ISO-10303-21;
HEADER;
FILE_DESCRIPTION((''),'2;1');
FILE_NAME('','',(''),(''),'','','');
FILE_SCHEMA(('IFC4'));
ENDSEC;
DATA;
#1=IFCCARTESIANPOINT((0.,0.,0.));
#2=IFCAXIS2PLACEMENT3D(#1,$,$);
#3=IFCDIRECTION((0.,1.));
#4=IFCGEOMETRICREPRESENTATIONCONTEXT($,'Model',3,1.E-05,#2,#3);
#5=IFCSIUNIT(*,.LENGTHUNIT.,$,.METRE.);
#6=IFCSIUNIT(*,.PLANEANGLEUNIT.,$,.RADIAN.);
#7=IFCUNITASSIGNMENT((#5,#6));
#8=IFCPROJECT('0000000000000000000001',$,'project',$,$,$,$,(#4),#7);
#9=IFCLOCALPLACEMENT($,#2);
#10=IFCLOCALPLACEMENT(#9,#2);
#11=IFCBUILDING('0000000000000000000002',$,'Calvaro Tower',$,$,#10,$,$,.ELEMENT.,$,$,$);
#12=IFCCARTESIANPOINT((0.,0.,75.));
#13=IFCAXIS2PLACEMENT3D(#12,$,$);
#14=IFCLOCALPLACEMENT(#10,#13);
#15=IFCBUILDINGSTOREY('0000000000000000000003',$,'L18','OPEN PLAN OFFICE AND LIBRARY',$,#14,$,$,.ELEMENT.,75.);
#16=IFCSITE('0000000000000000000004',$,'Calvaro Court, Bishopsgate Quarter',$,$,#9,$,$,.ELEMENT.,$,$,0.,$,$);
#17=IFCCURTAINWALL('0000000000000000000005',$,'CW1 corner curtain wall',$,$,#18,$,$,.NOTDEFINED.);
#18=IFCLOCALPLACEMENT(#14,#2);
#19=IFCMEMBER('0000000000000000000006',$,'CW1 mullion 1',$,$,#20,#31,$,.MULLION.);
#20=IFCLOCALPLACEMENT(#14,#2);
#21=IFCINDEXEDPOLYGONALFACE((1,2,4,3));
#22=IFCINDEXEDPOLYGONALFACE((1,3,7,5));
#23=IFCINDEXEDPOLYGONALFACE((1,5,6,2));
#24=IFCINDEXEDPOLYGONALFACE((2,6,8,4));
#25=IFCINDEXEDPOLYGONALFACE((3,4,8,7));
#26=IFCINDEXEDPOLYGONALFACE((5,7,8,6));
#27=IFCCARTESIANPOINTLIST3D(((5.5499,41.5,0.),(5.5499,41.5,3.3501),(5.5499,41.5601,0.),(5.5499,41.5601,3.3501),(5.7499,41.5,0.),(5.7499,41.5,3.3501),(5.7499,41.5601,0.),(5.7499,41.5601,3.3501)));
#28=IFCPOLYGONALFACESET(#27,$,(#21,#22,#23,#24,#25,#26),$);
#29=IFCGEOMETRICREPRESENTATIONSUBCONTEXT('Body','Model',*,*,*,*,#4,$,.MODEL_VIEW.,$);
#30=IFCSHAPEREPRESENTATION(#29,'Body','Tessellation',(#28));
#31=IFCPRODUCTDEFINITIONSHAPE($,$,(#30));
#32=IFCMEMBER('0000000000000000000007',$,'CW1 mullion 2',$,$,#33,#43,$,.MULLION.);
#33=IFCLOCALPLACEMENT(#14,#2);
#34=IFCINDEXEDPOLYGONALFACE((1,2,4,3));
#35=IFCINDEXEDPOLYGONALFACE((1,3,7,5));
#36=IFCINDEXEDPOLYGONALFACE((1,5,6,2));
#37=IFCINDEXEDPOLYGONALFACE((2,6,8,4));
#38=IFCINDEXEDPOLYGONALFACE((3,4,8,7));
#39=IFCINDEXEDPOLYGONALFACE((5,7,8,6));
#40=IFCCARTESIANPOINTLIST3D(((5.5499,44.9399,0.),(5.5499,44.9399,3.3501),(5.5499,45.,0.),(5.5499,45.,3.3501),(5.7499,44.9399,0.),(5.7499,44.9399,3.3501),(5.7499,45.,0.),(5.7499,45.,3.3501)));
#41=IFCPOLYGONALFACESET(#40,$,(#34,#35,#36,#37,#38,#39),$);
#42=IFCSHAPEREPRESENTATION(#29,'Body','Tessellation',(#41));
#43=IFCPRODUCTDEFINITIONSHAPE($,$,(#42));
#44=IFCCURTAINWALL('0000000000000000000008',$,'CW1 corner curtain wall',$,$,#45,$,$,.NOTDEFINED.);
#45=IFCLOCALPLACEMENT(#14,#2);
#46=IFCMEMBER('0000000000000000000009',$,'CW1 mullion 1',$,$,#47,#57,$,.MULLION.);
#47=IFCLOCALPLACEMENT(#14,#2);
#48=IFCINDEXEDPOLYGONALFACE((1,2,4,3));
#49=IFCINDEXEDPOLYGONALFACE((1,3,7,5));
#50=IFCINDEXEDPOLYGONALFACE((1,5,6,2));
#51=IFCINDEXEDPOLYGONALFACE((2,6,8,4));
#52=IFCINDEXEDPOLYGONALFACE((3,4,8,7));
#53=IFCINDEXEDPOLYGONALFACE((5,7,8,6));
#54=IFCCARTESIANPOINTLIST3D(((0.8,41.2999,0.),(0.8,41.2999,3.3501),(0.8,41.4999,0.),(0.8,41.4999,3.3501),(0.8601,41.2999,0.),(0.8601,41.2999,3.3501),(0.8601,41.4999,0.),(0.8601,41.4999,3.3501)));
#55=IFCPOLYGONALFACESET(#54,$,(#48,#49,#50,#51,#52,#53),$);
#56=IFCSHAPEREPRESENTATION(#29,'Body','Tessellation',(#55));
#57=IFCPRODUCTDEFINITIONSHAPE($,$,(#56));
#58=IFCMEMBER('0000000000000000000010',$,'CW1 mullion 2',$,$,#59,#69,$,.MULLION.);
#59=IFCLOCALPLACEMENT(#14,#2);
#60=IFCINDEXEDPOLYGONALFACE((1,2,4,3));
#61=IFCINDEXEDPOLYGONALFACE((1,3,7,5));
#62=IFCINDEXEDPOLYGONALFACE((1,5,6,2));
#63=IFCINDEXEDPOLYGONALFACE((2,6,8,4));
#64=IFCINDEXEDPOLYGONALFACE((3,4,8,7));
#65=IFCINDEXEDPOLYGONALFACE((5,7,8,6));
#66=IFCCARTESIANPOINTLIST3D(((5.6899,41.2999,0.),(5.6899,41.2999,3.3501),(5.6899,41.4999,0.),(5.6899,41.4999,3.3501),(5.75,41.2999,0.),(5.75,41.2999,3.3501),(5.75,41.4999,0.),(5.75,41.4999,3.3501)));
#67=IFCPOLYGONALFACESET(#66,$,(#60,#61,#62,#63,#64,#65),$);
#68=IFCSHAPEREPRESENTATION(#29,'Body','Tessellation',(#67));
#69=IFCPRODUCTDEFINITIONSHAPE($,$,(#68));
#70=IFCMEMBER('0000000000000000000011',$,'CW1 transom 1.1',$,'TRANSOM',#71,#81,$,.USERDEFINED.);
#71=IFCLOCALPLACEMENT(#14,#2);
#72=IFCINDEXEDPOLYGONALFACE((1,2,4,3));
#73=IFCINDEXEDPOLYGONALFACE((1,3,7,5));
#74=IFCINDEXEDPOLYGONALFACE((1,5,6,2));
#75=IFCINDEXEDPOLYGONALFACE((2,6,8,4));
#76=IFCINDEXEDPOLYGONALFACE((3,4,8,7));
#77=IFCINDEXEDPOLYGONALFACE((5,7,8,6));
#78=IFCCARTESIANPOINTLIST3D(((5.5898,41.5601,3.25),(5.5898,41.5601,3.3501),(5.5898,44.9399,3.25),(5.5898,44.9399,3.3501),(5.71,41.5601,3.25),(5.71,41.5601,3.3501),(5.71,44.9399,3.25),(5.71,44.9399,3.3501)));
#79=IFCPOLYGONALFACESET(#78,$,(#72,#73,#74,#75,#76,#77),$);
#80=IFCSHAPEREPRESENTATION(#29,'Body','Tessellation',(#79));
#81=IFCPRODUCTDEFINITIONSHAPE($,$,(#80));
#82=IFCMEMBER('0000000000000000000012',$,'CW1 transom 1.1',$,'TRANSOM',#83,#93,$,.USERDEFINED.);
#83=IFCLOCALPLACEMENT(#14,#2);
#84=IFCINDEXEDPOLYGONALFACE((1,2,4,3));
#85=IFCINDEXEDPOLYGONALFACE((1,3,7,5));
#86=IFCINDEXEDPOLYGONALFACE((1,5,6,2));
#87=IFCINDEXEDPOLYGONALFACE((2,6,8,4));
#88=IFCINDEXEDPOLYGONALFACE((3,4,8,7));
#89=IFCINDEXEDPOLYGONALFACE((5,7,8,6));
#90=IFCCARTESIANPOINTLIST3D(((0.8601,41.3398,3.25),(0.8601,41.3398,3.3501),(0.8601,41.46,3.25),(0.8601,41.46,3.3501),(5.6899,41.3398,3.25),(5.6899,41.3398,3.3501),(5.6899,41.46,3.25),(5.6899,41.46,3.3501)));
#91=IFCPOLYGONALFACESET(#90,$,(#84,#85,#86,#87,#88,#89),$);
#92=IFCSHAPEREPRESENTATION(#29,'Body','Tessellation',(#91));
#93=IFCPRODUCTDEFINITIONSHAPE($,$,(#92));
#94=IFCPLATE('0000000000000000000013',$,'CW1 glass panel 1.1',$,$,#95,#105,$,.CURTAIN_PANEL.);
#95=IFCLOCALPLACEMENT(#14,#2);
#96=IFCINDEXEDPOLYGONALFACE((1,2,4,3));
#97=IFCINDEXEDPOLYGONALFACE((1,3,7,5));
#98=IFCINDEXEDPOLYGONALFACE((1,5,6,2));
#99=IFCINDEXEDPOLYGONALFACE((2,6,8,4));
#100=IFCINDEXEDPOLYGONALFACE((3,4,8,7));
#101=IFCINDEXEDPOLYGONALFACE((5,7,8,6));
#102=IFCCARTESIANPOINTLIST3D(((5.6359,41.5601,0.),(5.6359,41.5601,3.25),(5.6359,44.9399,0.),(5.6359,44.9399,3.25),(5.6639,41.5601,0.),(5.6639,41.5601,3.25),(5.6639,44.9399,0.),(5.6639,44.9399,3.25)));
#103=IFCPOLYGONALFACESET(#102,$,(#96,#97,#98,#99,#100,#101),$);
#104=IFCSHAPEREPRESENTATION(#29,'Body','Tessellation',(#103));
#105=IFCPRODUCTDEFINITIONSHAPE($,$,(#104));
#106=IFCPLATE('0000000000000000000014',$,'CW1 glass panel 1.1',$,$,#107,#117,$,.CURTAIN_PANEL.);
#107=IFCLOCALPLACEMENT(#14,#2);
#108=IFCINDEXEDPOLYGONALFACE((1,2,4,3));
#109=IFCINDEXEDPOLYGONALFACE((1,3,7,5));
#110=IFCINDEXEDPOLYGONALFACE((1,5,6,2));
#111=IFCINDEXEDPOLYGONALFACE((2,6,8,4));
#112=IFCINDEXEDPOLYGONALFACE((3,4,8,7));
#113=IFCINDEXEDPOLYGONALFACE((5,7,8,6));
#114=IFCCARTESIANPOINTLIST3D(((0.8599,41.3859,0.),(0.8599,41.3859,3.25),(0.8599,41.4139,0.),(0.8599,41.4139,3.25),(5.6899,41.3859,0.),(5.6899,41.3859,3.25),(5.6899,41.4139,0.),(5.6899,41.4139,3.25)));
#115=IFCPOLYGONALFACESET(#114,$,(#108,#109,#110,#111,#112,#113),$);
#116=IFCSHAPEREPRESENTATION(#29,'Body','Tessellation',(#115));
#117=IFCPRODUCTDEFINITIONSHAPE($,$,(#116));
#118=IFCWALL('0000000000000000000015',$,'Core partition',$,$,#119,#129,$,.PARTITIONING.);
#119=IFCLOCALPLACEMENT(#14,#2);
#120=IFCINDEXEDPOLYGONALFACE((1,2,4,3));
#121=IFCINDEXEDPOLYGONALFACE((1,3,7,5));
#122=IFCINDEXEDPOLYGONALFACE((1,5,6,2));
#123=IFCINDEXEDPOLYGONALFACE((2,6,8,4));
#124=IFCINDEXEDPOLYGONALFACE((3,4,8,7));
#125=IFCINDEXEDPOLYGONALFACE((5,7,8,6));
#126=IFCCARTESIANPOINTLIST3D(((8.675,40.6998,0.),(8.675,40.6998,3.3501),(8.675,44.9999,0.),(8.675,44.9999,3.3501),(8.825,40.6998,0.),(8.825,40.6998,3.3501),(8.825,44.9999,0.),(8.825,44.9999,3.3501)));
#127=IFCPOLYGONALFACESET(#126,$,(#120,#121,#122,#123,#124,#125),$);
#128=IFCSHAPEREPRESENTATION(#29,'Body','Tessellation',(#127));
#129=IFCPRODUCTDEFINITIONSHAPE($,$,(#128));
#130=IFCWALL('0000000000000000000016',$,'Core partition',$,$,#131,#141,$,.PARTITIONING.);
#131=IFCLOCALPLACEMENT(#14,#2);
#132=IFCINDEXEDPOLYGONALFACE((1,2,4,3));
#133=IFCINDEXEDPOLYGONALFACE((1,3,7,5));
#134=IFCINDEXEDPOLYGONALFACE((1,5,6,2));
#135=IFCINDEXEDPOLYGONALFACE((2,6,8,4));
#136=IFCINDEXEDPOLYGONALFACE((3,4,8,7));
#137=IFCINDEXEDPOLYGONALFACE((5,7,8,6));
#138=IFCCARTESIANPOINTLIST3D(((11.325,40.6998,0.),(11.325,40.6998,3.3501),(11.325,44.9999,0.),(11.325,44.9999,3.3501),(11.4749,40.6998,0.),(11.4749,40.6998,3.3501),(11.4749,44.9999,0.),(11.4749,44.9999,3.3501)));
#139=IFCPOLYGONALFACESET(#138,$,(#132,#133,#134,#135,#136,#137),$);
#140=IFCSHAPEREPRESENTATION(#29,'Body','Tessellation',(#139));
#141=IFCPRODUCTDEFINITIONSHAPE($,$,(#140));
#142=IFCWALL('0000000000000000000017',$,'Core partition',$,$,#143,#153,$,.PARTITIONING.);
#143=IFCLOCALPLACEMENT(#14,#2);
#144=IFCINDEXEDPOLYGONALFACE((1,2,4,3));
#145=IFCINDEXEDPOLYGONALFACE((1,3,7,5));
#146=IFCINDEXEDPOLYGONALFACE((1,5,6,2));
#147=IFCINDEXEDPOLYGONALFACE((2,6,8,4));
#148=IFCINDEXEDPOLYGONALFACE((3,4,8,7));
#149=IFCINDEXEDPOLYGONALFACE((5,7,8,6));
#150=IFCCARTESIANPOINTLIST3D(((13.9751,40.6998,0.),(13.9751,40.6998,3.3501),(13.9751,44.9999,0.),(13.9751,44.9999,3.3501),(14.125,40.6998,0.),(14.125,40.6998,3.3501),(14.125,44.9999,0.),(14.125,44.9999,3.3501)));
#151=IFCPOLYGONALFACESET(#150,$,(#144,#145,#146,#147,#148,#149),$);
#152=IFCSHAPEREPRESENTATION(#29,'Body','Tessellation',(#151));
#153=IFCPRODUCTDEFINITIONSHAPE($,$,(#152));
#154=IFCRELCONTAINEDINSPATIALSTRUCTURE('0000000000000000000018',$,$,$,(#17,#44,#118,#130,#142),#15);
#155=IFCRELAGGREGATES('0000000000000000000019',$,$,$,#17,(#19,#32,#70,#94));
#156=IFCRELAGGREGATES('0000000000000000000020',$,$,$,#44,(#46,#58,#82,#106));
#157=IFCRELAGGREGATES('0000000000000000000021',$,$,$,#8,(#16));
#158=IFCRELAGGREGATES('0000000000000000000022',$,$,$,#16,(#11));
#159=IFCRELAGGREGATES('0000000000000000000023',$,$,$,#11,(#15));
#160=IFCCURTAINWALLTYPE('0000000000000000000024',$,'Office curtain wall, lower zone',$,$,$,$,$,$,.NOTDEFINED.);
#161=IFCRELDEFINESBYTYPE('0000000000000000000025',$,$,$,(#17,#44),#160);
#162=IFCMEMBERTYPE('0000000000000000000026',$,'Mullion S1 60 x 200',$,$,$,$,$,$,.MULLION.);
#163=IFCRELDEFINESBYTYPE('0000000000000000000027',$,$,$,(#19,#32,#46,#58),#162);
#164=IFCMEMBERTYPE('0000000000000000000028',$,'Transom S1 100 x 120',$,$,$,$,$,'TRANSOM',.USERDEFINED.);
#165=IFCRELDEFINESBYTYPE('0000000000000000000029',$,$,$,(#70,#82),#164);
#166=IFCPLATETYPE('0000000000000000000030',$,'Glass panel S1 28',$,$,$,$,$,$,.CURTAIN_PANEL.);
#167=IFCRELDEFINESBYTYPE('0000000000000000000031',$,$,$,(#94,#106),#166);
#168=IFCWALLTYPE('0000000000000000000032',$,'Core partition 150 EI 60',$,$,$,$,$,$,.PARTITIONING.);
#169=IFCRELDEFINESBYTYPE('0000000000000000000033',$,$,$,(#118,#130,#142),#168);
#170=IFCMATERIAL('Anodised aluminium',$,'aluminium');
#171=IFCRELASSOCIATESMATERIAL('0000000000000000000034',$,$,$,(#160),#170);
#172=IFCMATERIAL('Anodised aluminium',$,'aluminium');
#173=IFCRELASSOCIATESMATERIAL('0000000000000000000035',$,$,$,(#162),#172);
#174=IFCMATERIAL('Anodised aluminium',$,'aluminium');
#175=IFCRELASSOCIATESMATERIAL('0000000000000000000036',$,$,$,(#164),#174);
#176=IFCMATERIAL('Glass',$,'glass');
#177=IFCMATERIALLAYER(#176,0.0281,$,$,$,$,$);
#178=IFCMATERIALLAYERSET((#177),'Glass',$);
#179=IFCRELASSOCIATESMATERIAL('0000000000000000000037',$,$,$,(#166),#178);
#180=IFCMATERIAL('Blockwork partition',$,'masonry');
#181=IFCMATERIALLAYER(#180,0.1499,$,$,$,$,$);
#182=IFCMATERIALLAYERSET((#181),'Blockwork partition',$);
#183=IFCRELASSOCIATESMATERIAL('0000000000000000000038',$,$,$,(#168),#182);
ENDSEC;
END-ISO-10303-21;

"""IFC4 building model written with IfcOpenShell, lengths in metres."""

from ifc_helpers import new_model, si_unit, direction, frame, frame_2d, origin, origin_2d, place, context, subcontext, project, spatial, rectangle, extrude, material, layer, layer_set, material_profile, profile_set, type_object, element, aggregate, save


model = new_model("IFC4")

# Units and contexts
model_context = context("Model", 3, precision=1e-05, world=origin(), true_north=direction((0.0, 1.0)))
body_context = subcontext(model_context, "Body", "Model", "MODEL_VIEW")
ifc_project = project(units=[si_unit("LENGTHUNIT", "METRE"), si_unit("PLANEANGLEUNIT", "RADIAN")], contexts=[model_context])

# Site, building, storey
site_placement = place(None, origin())
site = spatial("IfcSite", under=ifc_project, at=site_placement, Name="Calvaro Court, Bishopsgate Quarter", CompositionType="ELEMENT", RefElevation=0.0)
building_placement = place(site_placement, origin())
building = spatial("IfcBuilding", under=site, at=building_placement, Name="Calvaro Tower", CompositionType="ELEMENT")
storey_placement = place(building_placement, frame((0.0, 0.0, 75.0)))
storey = spatial("IfcBuildingStorey", under=building, at=storey_placement, Name="L18", Description="OPEN PLAN OFFICE AND LIBRARY", CompositionType="ELEMENT", Elevation=75.0)

# Curtain walls, members
ifc_material_1 = material(Name="Anodised aluminium", Category="aluminium")
curtain_wall_type = type_object("IfcCurtainWallType", Name="Office curtain wall, lower zone", PredefinedType="NOTDEFINED", material=ifc_material_1)
curtain_wall_1_placement = place(storey_placement, origin())
curtain_wall_1 = element("IfcCurtainWall", 1, at=curtain_wall_1_placement, inside=storey, type_object=curtain_wall_type, Name="CW1 corner curtain wall", PredefinedType="NOTDEFINED")
ifc_material_2 = material(Name="Anodised aluminium", Category="aluminium")
ifc_material_profile_1 = material_profile(ifc_material_2, rectangle(XDim=0.2, YDim=0.0601, at=origin_2d()), Name="Mullion S1 60 x 200")
ifc_profile_set_1 = profile_set([ifc_material_profile_1], Name="Anodised aluminium")
member_type_1 = type_object("IfcMemberType", Name="Mullion S1 60 x 200", PredefinedType="MULLION", material=ifc_profile_set_1)
member_1_placement = place(storey_placement, frame((5.6499, 41.53, 0.0), z_axis=(0.0, 0.0, 1.0), x_axis=(-1.0, 0.0, 0.0)))
member_1 = element("IfcMember", 2, at=member_1_placement, type_object=member_type_1, Name="CW1 mullion 1", PredefinedType="MULLION", context=body_context, shape_type="SweptSolid", body=[
    extrude(rectangle(XDim=0.2, YDim=0.0601, at=origin_2d()), origin(), (0.0, 0.0, 1.0), 3.3501),
])
member_2_placement = place(storey_placement, frame((5.6499, 44.97, 0.0), z_axis=(0.0, 0.0, 1.0), x_axis=(-1.0, 0.0, 0.0)))
member_2 = element("IfcMember", 3, at=member_2_placement, type_object=member_type_1, Name="CW1 mullion 2", PredefinedType="MULLION", context=body_context, shape_type="SweptSolid", body=[
    extrude(rectangle(XDim=0.2, YDim=0.0601, at=origin_2d()), origin(), (0.0, 0.0, 1.0), 3.3501),
])
curtain_wall_2_placement = place(storey_placement, origin())
curtain_wall_2 = element("IfcCurtainWall", 4, at=curtain_wall_2_placement, inside=storey, type_object=curtain_wall_type, Name="CW1 corner curtain wall", PredefinedType="NOTDEFINED")
member_3_placement = place(storey_placement, frame((0.8301, 41.3999, 0.0), z_axis=(0.0, 0.0, 1.0), x_axis=(0.0, 1.0, 0.0)))
member_3 = element("IfcMember", 5, at=member_3_placement, type_object=member_type_1, Name="CW1 mullion 1", PredefinedType="MULLION", context=body_context, shape_type="SweptSolid", body=[
    extrude(rectangle(XDim=0.2, YDim=0.0601, at=origin_2d()), origin(), (0.0, 0.0, 1.0), 3.3501),
])
member_4_placement = place(storey_placement, frame((5.72, 41.3999, 0.0), z_axis=(0.0, 0.0, 1.0), x_axis=(0.0, 1.0, 0.0)))
member_4 = element("IfcMember", 6, at=member_4_placement, type_object=member_type_1, Name="CW1 mullion 2", PredefinedType="MULLION", context=body_context, shape_type="SweptSolid", body=[
    extrude(rectangle(XDim=0.2, YDim=0.0601, at=origin_2d()), origin(), (0.0, 0.0, 1.0), 3.3501),
])

# Members
ifc_material_3 = material(Name="Anodised aluminium", Category="aluminium")
ifc_material_profile_2 = material_profile(ifc_material_3, rectangle(XDim=0.1201, YDim=0.1001, at=origin_2d()), Name="Transom S1 100 x 120")
ifc_profile_set_2 = profile_set([ifc_material_profile_2], Name="Anodised aluminium")
member_type_2 = type_object("IfcMemberType", Name="Transom S1 100 x 120", ElementType="TRANSOM", PredefinedType="USERDEFINED", material=ifc_profile_set_2)
member_5_placement = place(storey_placement, frame((5.6499, 41.5601, 3.3), z_axis=(0.0, 1.0, 0.0), x_axis=(-1.0, 0.0, 0.0)))
member_5 = element("IfcMember", 7, at=member_5_placement, type_object=member_type_2, Name="CW1 transom 1.1", ObjectType="TRANSOM", PredefinedType="USERDEFINED", context=body_context, shape_type="SweptSolid", body=[
    extrude(rectangle(XDim=0.1201, YDim=0.1001, at=origin_2d()), origin(), (0.0, 0.0, 1.0), 3.3799),
])
member_6_placement = place(storey_placement, frame((0.8601, 41.3999, 3.3), z_axis=(1.0, 0.0, 0.0), x_axis=(0.0, 1.0, 0.0)))
member_6 = element("IfcMember", 8, at=member_6_placement, type_object=member_type_2, Name="CW1 transom 1.1", ObjectType="TRANSOM", PredefinedType="USERDEFINED", context=body_context, shape_type="SweptSolid", body=[
    extrude(rectangle(XDim=0.1201, YDim=0.1001, at=origin_2d()), origin(), (0.0, 0.0, 1.0), 4.8298),
])

# Plates
ifc_material_4 = material(Name="Glass", Category="glass")
ifc_layer_1 = layer(ifc_material_4, 0.0281)
ifc_layer_set_1 = layer_set([ifc_layer_1], Name="Glass")
plate_type = type_object("IfcPlateType", Name="Glass panel S1 28", PredefinedType="CURTAIN_PANEL", material=ifc_layer_set_1)
plate_1_placement = place(storey_placement, frame((5.6499, 43.25, 0.0), z_axis=(0.0, 0.0, 1.0), x_axis=(0.0, 1.0, 0.0)))
plate_1 = element("IfcPlate", 9, at=plate_1_placement, type_object=plate_type, Name="CW1 glass panel 1.1", PredefinedType="CURTAIN_PANEL", context=body_context, shape_type="SweptSolid", body=[
    extrude(rectangle(XDim=3.3799, YDim=0.0281, at=origin_2d()), origin(), (0.0, 0.0, 1.0), 3.25),
])
aggregate(curtain_wall_1, [member_1, member_2, member_5, plate_1])
plate_2_placement = place(storey_placement, frame((3.2749, 41.3999, 0.0), z_axis=(0.0, 0.0, 1.0), x_axis=(1.0, 0.0, 0.0)))
plate_2 = element("IfcPlate", 10, at=plate_2_placement, type_object=plate_type, Name="CW1 glass panel 1.1", PredefinedType="CURTAIN_PANEL", context=body_context, shape_type="SweptSolid", body=[
    extrude(rectangle(XDim=4.8301, YDim=0.0281, at=origin_2d()), origin(), (0.0, 0.0, 1.0), 3.25),
])
aggregate(curtain_wall_2, [member_3, member_4, member_6, plate_2])

# Walls
ifc_material_5 = material(Name="Blockwork partition", Category="masonry")
ifc_layer_2 = layer(ifc_material_5, 0.1499)
ifc_layer_set_2 = layer_set([ifc_layer_2], Name="Blockwork partition")
wall_type_1 = type_object("IfcWallType", Name="Core partition 150 EI 60", PredefinedType="PARTITIONING", material=ifc_layer_set_2)
for number, where, z_axis, x_axis, name in (
    (11, (8.75, 40.7, 0.0), (0.0, 0.0, 1.0), (0.0, 1.0, 0.0), "Core partition"),
    (12, (11.3999, 40.7, 0.0), (0.0, 0.0, 1.0), (0.0, 1.0, 0.0), "Core partition"),
    (13, (14.05, 40.7, 0.0), (0.0, 0.0, 1.0), (0.0, 1.0, 0.0), "Core partition"),
):
    element("IfcWall", number, at=place(storey_placement, frame(where, z_axis=z_axis, x_axis=x_axis)), inside=storey, type_object=wall_type_1, Name=name, PredefinedType="PARTITIONING", context=body_context, shape_type="SweptSolid", body=[
        extrude(rectangle(XDim=4.3, YDim=0.1499, at=frame_2d((2.1499, 0.0))), origin(), (0.0, 0.0, 1.0), 3.3501),
    ])

save(model, "model.ifc")
